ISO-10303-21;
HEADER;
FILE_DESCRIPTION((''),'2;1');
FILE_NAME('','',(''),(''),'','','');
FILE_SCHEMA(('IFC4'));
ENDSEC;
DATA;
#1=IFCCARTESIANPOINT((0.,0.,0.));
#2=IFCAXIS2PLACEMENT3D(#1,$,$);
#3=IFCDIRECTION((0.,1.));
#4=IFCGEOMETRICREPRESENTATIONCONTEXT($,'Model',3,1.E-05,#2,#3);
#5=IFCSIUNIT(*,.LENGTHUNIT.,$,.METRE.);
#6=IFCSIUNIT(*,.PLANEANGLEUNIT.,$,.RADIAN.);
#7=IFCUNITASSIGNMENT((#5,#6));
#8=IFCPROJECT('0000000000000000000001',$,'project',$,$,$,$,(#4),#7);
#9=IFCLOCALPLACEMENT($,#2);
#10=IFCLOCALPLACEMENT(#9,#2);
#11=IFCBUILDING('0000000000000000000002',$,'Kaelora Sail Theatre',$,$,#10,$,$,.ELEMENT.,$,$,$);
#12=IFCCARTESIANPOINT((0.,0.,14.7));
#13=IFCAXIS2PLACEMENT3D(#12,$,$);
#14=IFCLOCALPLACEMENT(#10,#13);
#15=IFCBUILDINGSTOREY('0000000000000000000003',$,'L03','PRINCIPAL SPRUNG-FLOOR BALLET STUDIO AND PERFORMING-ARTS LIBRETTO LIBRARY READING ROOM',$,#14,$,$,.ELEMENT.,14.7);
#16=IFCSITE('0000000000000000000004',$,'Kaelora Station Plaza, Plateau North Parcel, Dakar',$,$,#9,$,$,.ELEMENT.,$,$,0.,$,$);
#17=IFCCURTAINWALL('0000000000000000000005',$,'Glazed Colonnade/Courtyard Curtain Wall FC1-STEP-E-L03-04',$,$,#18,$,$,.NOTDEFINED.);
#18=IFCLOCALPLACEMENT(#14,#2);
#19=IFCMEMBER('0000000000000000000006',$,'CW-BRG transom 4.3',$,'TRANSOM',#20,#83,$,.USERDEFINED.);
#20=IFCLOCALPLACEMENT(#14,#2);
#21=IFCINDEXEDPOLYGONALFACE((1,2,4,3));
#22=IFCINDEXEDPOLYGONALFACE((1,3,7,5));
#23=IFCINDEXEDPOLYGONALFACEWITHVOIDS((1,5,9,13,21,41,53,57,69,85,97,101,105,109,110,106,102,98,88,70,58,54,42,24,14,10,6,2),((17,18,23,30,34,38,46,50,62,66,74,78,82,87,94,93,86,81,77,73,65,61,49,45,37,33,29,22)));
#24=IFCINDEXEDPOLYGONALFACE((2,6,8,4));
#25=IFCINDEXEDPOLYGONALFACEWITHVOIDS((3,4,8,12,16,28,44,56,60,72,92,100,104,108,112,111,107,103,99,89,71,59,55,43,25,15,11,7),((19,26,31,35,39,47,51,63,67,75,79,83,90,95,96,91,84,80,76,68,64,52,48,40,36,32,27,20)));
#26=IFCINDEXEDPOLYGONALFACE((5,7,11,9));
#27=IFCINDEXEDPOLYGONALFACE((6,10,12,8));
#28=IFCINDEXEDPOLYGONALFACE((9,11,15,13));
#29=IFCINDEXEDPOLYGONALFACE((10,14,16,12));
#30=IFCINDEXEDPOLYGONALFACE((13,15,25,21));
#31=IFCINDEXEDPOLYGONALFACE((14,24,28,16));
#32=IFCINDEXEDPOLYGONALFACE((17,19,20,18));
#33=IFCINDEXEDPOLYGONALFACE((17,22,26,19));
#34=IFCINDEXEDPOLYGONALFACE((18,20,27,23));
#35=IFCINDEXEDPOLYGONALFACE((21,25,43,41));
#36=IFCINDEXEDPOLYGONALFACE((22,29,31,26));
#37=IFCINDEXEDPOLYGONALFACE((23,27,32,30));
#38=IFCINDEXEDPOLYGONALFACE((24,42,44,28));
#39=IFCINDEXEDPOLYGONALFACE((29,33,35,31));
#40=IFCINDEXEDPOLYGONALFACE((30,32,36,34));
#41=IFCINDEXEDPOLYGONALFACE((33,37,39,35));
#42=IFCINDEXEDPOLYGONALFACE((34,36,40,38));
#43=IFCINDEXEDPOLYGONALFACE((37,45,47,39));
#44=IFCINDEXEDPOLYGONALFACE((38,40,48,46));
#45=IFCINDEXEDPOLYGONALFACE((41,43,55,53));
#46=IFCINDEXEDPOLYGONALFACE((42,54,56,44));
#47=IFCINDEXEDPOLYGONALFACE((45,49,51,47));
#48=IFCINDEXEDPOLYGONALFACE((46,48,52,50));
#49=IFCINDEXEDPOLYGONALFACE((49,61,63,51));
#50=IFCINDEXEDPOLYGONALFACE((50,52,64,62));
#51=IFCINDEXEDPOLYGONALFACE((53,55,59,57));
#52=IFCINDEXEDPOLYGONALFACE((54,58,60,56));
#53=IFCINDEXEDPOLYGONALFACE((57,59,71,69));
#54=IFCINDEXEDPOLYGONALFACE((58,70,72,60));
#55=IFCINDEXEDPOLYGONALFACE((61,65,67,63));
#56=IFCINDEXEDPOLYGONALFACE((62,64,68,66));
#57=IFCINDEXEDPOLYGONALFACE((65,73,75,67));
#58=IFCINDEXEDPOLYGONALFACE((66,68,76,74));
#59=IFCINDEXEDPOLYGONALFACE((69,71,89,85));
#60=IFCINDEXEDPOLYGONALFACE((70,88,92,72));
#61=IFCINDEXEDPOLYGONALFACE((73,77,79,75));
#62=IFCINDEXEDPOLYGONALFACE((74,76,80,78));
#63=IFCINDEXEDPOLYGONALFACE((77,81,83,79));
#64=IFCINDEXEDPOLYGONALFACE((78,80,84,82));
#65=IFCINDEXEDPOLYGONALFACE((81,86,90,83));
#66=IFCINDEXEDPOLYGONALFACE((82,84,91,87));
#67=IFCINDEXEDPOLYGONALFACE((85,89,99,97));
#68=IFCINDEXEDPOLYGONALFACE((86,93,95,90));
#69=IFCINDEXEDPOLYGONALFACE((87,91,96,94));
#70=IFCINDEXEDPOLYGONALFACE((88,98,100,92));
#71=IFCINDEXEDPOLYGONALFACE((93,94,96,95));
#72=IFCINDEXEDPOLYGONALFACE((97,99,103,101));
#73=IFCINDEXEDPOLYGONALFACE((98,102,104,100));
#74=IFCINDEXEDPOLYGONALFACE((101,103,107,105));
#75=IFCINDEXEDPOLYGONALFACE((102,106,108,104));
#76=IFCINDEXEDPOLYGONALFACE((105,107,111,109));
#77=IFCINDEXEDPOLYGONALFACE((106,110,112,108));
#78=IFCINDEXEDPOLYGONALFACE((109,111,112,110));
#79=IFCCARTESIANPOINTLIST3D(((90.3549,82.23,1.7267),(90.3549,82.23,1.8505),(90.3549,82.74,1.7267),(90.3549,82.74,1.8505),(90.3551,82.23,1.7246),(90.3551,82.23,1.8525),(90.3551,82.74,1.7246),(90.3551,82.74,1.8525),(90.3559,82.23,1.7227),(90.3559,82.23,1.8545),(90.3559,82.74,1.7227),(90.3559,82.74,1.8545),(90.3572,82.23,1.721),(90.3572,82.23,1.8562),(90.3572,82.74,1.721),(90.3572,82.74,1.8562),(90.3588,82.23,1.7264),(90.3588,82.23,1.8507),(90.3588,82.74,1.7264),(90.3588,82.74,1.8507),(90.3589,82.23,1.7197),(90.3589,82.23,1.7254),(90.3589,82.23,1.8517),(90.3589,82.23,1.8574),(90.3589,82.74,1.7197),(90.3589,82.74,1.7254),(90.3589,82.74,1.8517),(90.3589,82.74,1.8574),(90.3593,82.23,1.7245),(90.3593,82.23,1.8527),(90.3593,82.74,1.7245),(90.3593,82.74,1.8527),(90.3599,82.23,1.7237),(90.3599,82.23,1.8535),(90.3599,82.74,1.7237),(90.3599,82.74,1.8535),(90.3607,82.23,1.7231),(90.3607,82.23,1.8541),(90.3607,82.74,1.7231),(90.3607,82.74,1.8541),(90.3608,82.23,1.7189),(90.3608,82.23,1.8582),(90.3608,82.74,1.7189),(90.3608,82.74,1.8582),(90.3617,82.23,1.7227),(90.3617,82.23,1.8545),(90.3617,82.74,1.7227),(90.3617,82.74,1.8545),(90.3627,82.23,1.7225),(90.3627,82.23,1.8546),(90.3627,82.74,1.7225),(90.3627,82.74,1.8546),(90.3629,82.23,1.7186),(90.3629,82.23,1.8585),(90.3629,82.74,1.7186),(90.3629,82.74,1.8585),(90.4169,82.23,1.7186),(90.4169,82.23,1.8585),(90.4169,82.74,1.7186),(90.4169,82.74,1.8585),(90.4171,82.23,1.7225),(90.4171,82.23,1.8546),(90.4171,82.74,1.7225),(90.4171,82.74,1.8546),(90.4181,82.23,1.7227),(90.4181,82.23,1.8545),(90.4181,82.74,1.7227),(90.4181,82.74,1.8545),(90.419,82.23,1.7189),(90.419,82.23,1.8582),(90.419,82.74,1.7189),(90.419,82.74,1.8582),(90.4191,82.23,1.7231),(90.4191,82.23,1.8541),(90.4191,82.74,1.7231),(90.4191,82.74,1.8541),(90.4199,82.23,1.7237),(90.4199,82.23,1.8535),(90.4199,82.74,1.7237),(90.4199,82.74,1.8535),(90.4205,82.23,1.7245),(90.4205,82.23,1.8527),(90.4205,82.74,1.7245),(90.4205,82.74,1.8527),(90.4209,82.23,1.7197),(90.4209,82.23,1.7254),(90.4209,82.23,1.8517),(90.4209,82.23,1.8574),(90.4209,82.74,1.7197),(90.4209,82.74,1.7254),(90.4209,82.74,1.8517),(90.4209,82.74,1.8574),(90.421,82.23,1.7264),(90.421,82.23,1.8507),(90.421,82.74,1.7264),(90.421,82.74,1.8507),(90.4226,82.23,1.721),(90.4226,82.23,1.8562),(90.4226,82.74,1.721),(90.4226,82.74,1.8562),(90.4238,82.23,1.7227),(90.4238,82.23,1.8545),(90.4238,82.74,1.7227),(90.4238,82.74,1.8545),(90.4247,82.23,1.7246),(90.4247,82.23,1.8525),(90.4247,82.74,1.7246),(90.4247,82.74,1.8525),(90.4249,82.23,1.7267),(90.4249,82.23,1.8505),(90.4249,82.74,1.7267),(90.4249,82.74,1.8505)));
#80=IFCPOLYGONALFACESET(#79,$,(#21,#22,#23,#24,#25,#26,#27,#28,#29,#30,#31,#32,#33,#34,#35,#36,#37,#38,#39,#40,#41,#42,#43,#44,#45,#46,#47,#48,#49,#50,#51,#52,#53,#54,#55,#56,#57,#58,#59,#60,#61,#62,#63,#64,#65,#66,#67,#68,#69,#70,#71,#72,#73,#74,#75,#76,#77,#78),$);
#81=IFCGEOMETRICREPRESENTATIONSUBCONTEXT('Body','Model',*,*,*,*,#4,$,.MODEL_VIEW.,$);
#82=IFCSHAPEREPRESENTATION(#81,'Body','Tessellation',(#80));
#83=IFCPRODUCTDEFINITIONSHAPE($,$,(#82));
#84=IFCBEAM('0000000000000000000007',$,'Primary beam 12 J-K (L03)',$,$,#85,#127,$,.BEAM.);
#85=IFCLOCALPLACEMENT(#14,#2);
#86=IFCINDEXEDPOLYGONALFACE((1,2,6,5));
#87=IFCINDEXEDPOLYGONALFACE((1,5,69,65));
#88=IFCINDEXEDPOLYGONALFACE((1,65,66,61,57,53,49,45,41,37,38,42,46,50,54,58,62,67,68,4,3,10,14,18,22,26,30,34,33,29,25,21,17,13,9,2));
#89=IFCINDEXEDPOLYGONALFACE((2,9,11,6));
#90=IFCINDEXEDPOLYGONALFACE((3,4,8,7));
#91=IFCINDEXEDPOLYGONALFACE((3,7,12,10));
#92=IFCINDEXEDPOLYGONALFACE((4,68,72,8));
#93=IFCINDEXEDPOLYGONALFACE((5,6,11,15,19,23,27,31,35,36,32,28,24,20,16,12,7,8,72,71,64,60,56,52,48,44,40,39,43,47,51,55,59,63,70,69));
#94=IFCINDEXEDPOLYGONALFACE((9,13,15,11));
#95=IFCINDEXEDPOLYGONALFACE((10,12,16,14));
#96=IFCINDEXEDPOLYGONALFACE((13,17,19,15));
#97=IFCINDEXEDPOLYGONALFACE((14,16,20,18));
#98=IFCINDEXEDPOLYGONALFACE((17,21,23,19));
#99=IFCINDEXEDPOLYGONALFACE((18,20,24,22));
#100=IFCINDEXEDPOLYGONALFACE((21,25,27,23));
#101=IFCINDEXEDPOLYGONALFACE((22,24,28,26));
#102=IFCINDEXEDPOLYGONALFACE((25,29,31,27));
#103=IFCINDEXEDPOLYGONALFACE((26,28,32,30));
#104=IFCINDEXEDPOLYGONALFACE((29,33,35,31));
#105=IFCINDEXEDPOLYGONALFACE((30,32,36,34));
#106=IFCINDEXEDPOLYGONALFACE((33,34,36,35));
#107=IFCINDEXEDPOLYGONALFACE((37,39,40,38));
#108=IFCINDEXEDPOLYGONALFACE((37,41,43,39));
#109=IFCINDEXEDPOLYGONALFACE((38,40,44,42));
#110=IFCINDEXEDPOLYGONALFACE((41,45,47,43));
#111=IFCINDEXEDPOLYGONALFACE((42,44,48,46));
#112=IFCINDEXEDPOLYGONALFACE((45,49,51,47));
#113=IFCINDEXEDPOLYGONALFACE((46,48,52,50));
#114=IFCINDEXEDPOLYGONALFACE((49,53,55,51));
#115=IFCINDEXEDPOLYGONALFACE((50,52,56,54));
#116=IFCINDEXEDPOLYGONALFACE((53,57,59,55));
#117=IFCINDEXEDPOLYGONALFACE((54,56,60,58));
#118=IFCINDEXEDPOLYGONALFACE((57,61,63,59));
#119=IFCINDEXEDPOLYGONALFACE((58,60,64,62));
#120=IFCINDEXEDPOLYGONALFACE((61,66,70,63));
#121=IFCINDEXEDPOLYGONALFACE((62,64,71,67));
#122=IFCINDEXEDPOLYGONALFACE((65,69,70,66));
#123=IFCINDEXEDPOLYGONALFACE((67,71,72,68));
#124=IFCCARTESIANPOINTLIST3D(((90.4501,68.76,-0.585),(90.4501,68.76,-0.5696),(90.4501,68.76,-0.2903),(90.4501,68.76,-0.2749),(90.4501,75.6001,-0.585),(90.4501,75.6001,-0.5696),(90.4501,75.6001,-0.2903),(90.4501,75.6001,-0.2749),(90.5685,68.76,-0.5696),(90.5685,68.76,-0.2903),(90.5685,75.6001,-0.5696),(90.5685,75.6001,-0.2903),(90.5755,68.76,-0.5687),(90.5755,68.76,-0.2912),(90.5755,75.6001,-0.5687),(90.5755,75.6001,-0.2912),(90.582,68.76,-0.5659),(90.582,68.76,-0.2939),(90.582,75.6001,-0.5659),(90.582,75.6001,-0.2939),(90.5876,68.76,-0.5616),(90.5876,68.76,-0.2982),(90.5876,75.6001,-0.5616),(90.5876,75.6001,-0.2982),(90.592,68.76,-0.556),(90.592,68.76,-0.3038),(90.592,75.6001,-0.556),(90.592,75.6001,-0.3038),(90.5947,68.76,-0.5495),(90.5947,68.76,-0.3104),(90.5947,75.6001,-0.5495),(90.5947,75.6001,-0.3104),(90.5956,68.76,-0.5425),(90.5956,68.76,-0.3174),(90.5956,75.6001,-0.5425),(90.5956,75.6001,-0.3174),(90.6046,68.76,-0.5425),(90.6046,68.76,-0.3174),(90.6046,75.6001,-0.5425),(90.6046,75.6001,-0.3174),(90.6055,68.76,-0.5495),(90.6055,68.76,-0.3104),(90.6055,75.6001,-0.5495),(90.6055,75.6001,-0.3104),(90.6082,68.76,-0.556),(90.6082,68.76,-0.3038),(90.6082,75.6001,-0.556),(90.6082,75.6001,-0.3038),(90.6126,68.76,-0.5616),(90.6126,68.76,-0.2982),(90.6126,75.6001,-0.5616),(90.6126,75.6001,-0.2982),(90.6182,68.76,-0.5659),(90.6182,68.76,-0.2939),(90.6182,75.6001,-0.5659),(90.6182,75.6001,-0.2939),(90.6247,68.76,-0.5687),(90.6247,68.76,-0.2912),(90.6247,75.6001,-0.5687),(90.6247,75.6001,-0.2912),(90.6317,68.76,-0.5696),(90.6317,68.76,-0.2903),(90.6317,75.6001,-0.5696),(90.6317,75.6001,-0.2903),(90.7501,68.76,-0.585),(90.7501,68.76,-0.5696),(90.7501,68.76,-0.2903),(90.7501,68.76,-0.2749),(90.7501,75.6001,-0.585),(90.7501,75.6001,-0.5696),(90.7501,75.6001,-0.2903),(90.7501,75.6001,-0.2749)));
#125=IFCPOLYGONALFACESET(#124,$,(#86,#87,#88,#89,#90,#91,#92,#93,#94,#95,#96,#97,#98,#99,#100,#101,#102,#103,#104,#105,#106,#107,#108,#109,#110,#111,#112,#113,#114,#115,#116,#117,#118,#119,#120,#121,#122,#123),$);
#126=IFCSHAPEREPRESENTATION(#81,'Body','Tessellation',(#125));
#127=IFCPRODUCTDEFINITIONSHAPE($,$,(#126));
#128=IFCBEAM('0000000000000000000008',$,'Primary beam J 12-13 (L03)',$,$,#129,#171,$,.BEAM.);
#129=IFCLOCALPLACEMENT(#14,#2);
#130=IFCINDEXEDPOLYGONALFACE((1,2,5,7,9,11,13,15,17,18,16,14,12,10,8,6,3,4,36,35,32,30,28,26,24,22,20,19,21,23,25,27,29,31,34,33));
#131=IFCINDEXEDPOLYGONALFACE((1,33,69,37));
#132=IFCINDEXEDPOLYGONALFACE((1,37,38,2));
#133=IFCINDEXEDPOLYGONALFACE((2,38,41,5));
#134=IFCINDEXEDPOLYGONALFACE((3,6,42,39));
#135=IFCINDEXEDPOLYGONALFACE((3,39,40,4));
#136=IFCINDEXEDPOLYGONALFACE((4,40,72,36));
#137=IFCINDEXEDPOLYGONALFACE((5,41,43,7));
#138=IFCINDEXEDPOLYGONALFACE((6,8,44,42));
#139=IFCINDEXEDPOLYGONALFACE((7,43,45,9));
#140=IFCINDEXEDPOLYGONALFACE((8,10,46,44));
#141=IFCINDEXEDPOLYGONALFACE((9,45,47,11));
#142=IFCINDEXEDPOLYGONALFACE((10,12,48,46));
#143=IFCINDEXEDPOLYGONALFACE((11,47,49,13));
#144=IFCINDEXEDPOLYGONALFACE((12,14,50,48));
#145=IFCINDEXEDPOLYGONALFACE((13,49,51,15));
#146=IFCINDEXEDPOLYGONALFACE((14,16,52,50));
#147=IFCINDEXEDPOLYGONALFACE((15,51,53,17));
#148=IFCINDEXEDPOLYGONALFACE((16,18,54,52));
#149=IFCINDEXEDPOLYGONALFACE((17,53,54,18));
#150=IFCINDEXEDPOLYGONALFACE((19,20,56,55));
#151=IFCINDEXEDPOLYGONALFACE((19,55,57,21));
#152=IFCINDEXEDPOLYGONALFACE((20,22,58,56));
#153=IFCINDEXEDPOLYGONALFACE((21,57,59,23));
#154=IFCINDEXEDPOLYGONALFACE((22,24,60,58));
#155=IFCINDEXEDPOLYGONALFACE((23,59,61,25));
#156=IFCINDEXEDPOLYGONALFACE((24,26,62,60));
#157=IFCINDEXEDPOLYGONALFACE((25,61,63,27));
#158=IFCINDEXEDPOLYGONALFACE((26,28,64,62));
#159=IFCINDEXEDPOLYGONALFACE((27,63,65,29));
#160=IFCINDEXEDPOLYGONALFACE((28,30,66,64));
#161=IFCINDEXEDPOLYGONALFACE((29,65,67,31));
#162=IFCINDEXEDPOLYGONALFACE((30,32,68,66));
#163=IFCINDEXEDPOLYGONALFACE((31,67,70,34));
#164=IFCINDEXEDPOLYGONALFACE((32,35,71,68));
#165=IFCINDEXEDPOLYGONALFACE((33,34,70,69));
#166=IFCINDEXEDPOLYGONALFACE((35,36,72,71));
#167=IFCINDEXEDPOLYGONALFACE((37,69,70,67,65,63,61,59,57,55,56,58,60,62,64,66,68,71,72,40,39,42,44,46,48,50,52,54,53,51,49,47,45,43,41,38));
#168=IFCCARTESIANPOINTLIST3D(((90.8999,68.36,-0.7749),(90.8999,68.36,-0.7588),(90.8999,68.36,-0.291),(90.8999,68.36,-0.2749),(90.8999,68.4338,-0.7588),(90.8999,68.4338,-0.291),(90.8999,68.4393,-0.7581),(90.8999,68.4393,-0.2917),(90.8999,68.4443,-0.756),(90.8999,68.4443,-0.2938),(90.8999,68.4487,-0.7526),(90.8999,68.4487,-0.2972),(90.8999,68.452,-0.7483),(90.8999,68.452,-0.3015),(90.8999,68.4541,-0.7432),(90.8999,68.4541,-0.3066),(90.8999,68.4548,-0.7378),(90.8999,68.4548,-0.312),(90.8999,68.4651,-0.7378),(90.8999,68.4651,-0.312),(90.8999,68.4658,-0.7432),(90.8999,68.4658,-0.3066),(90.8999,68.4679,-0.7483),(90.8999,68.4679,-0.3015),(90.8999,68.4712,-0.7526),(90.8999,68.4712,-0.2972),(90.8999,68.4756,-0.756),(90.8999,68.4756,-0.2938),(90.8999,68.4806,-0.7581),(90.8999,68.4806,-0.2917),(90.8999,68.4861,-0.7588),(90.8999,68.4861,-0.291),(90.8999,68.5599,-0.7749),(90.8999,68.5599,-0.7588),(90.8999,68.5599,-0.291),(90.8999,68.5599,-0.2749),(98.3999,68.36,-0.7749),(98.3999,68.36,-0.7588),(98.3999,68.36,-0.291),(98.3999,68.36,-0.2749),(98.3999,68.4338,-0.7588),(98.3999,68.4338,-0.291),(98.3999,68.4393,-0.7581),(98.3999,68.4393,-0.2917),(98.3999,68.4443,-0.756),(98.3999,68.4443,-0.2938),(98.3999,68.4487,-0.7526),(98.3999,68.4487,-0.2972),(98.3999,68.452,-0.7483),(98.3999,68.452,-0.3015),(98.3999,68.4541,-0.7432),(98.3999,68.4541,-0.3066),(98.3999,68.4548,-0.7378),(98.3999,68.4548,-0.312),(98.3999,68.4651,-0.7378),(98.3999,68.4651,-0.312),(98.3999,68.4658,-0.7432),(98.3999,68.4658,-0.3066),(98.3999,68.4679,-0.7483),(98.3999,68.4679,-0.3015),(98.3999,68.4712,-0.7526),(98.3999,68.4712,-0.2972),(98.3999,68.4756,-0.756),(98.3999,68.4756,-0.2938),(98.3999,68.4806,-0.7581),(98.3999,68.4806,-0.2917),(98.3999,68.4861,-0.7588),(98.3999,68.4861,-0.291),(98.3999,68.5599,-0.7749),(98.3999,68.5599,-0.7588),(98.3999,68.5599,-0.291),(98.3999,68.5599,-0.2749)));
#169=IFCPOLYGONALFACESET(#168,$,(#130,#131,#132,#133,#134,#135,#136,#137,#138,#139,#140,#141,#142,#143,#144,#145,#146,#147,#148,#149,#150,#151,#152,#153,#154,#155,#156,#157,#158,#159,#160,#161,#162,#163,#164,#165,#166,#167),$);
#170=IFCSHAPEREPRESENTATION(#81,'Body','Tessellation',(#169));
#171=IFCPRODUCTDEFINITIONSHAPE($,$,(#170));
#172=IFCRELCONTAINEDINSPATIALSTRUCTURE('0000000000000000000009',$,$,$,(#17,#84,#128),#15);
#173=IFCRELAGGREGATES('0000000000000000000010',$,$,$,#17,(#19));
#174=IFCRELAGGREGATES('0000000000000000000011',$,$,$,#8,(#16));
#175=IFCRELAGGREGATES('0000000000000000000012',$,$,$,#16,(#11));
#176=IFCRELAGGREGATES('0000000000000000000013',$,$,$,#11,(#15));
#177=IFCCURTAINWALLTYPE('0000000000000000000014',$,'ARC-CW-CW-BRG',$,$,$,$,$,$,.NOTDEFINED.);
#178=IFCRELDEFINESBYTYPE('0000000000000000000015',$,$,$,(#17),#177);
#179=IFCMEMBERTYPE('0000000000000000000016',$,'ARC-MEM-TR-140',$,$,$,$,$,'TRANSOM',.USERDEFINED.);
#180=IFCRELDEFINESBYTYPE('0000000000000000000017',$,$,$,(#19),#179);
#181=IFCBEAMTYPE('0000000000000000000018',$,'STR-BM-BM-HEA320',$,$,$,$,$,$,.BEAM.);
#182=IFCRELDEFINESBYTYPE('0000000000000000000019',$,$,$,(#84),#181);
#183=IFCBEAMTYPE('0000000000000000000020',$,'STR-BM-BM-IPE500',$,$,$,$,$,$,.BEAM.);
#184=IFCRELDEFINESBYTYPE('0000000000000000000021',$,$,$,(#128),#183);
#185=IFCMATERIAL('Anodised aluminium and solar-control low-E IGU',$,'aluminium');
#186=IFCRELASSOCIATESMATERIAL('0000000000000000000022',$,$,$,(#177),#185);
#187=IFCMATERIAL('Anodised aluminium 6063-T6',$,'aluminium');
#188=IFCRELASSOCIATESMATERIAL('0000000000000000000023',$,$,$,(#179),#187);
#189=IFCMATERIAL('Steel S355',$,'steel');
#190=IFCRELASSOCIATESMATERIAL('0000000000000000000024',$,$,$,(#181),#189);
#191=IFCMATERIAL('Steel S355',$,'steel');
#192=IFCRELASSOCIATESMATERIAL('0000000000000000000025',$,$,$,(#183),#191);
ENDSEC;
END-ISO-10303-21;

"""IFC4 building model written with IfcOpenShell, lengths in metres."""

from ifc_helpers import new_model, si_unit, direction, frame, origin, origin_2d, place, context, subcontext, project, spatial, hollow_rectangle, i_section, extrude, material, material_profile, profile_set, type_object, element, aggregate, save


model = new_model("IFC4")

# Units and contexts
model_context = context("Model", 3, precision=1e-05, world=origin(), true_north=direction((0.0, 1.0)))
body_context = subcontext(model_context, "Body", "Model", "MODEL_VIEW")
ifc_project = project(units=[si_unit("LENGTHUNIT", "METRE"), si_unit("PLANEANGLEUNIT", "RADIAN")], contexts=[model_context])

# Site, building, storey
site_placement = place(None, origin())
site = spatial("IfcSite", under=ifc_project, at=site_placement, Name="Kaelora Station Plaza, Plateau North Parcel, Dakar", CompositionType="ELEMENT", RefElevation=0.0)
building_placement = place(site_placement, origin())
building = spatial("IfcBuilding", under=site, at=building_placement, Name="Kaelora Sail Theatre", CompositionType="ELEMENT")
storey_placement = place(building_placement, frame((0.0, 0.0, 14.7)))
storey = spatial("IfcBuildingStorey", under=building, at=storey_placement, Name="L03", Description="PRINCIPAL SPRUNG-FLOOR BALLET STUDIO AND PERFORMING-ARTS LIBRETTO LIBRARY READING ROOM", CompositionType="ELEMENT", Elevation=14.7)

# Curtain wall, member
ifc_material_1 = material(Name="Anodised aluminium and solar-control low-E IGU", Category="aluminium")
curtain_wall_type = type_object("IfcCurtainWallType", Name="ARC-CW-CW-BRG", PredefinedType="NOTDEFINED", material=ifc_material_1)
curtain_wall_placement = place(storey_placement, origin())
curtain_wall = element("IfcCurtainWall", 1, at=curtain_wall_placement, inside=storey, type_object=curtain_wall_type, Name="Glazed Colonnade/Courtyard Curtain Wall FC1-STEP-E-L03-04", PredefinedType="NOTDEFINED")
ifc_material_2 = material(Name="Anodised aluminium 6063-T6", Category="aluminium")
ifc_material_profile_1 = material_profile(ifc_material_2, hollow_rectangle(XDim=0.0701, YDim=0.1399, WallThickness=0.0039, InnerFilletRadius=0.0039, OuterFilletRadius=0.0081, at=origin_2d()), Name="ALU-TRAN 70x140x4")
ifc_profile_set_1 = profile_set([ifc_material_profile_1], Name="Anodised aluminium 6063-T6")
member_type_1 = type_object("IfcMemberType", Name="ARC-MEM-TR-140", ElementType="TRANSOM", PredefinedType="USERDEFINED", material=ifc_profile_set_1)
member_1_placement = place(storey_placement, frame((90.3899, 82.23, 1.7886), z_axis=(0.0, 1.0, 0.0), x_axis=(-1.0, 0.0, 0.0)))
member_1 = element("IfcMember", 2, at=member_1_placement, type_object=member_type_1, Name="CW-BRG transom 4.3", ObjectType="TRANSOM", PredefinedType="USERDEFINED", context=body_context, shape_type="SweptSolid", body=[
    extrude(hollow_rectangle(XDim=0.0701, YDim=0.1399, WallThickness=0.0039, InnerFilletRadius=0.0039, OuterFilletRadius=0.0081, at=origin_2d()), origin(), (0.0, 0.0, 1.0), 0.51),
])

# Beams
ifc_material_3 = material(Name="Steel S355", Category="steel")
ifc_material_profile_2 = material_profile(ifc_material_3, i_section(OverallWidth=0.3, OverallDepth=0.3101, WebThickness=0.009, FlangeThickness=0.0154, FilletRadius=0.0271, at=origin_2d()), Name="HEA 320")
ifc_profile_set_2 = profile_set([ifc_material_profile_2], Name="Steel S355")
beam_type_1 = type_object("IfcBeamType", Name="STR-BM-BM-HEA320", PredefinedType="BEAM", material=ifc_profile_set_2)
beam_1_placement = place(storey_placement, frame((90.6001, 68.76, -0.4299), z_axis=(0.0, 1.0, 0.0), x_axis=(-1.0, 0.0, 0.0)))
element("IfcBeam", 3, at=beam_1_placement, inside=storey, type_object=beam_type_1, Name="Primary beam 12 J-K (L03)", PredefinedType="BEAM", context=body_context, shape_type="SweptSolid", body=[
    extrude(i_section(OverallWidth=0.3, OverallDepth=0.3101, WebThickness=0.009, FlangeThickness=0.0154, FilletRadius=0.0271, at=origin_2d()), origin(), (0.0, 0.0, 1.0), 6.8401),
])
ifc_material_4 = material(Name="Steel S355", Category="steel")
ifc_material_profile_3 = material_profile(ifc_material_4, i_section(OverallWidth=0.2, OverallDepth=0.5, WebThickness=0.0103, FlangeThickness=0.0161, FilletRadius=0.021, at=origin_2d()), Name="IPE 500")
ifc_profile_set_3 = profile_set([ifc_material_profile_3], Name="Steel S355")
beam_type_2 = type_object("IfcBeamType", Name="STR-BM-BM-IPE500", PredefinedType="BEAM", material=ifc_profile_set_3)
for number, where, z_axis, x_axis, name in (
    (4, (90.8999, 68.46, -0.5249), (1.0, 0.0, 0.0), (0.0, 1.0, 0.0), "Primary beam J 12-13 (L03)"),
):
    element("IfcBeam", number, at=place(storey_placement, frame(where, z_axis=z_axis, x_axis=x_axis)), inside=storey, type_object=beam_type_2, Name=name, PredefinedType="BEAM", context=body_context, shape_type="SweptSolid", body=[
        extrude(i_section(OverallWidth=0.2, OverallDepth=0.5, WebThickness=0.0103, FlangeThickness=0.0161, FilletRadius=0.021, at=origin_2d()), origin(), (0.0, 0.0, 1.0), 7.5),
    ])

aggregate(curtain_wall, [member_1])

save(model, "model.ifc")
